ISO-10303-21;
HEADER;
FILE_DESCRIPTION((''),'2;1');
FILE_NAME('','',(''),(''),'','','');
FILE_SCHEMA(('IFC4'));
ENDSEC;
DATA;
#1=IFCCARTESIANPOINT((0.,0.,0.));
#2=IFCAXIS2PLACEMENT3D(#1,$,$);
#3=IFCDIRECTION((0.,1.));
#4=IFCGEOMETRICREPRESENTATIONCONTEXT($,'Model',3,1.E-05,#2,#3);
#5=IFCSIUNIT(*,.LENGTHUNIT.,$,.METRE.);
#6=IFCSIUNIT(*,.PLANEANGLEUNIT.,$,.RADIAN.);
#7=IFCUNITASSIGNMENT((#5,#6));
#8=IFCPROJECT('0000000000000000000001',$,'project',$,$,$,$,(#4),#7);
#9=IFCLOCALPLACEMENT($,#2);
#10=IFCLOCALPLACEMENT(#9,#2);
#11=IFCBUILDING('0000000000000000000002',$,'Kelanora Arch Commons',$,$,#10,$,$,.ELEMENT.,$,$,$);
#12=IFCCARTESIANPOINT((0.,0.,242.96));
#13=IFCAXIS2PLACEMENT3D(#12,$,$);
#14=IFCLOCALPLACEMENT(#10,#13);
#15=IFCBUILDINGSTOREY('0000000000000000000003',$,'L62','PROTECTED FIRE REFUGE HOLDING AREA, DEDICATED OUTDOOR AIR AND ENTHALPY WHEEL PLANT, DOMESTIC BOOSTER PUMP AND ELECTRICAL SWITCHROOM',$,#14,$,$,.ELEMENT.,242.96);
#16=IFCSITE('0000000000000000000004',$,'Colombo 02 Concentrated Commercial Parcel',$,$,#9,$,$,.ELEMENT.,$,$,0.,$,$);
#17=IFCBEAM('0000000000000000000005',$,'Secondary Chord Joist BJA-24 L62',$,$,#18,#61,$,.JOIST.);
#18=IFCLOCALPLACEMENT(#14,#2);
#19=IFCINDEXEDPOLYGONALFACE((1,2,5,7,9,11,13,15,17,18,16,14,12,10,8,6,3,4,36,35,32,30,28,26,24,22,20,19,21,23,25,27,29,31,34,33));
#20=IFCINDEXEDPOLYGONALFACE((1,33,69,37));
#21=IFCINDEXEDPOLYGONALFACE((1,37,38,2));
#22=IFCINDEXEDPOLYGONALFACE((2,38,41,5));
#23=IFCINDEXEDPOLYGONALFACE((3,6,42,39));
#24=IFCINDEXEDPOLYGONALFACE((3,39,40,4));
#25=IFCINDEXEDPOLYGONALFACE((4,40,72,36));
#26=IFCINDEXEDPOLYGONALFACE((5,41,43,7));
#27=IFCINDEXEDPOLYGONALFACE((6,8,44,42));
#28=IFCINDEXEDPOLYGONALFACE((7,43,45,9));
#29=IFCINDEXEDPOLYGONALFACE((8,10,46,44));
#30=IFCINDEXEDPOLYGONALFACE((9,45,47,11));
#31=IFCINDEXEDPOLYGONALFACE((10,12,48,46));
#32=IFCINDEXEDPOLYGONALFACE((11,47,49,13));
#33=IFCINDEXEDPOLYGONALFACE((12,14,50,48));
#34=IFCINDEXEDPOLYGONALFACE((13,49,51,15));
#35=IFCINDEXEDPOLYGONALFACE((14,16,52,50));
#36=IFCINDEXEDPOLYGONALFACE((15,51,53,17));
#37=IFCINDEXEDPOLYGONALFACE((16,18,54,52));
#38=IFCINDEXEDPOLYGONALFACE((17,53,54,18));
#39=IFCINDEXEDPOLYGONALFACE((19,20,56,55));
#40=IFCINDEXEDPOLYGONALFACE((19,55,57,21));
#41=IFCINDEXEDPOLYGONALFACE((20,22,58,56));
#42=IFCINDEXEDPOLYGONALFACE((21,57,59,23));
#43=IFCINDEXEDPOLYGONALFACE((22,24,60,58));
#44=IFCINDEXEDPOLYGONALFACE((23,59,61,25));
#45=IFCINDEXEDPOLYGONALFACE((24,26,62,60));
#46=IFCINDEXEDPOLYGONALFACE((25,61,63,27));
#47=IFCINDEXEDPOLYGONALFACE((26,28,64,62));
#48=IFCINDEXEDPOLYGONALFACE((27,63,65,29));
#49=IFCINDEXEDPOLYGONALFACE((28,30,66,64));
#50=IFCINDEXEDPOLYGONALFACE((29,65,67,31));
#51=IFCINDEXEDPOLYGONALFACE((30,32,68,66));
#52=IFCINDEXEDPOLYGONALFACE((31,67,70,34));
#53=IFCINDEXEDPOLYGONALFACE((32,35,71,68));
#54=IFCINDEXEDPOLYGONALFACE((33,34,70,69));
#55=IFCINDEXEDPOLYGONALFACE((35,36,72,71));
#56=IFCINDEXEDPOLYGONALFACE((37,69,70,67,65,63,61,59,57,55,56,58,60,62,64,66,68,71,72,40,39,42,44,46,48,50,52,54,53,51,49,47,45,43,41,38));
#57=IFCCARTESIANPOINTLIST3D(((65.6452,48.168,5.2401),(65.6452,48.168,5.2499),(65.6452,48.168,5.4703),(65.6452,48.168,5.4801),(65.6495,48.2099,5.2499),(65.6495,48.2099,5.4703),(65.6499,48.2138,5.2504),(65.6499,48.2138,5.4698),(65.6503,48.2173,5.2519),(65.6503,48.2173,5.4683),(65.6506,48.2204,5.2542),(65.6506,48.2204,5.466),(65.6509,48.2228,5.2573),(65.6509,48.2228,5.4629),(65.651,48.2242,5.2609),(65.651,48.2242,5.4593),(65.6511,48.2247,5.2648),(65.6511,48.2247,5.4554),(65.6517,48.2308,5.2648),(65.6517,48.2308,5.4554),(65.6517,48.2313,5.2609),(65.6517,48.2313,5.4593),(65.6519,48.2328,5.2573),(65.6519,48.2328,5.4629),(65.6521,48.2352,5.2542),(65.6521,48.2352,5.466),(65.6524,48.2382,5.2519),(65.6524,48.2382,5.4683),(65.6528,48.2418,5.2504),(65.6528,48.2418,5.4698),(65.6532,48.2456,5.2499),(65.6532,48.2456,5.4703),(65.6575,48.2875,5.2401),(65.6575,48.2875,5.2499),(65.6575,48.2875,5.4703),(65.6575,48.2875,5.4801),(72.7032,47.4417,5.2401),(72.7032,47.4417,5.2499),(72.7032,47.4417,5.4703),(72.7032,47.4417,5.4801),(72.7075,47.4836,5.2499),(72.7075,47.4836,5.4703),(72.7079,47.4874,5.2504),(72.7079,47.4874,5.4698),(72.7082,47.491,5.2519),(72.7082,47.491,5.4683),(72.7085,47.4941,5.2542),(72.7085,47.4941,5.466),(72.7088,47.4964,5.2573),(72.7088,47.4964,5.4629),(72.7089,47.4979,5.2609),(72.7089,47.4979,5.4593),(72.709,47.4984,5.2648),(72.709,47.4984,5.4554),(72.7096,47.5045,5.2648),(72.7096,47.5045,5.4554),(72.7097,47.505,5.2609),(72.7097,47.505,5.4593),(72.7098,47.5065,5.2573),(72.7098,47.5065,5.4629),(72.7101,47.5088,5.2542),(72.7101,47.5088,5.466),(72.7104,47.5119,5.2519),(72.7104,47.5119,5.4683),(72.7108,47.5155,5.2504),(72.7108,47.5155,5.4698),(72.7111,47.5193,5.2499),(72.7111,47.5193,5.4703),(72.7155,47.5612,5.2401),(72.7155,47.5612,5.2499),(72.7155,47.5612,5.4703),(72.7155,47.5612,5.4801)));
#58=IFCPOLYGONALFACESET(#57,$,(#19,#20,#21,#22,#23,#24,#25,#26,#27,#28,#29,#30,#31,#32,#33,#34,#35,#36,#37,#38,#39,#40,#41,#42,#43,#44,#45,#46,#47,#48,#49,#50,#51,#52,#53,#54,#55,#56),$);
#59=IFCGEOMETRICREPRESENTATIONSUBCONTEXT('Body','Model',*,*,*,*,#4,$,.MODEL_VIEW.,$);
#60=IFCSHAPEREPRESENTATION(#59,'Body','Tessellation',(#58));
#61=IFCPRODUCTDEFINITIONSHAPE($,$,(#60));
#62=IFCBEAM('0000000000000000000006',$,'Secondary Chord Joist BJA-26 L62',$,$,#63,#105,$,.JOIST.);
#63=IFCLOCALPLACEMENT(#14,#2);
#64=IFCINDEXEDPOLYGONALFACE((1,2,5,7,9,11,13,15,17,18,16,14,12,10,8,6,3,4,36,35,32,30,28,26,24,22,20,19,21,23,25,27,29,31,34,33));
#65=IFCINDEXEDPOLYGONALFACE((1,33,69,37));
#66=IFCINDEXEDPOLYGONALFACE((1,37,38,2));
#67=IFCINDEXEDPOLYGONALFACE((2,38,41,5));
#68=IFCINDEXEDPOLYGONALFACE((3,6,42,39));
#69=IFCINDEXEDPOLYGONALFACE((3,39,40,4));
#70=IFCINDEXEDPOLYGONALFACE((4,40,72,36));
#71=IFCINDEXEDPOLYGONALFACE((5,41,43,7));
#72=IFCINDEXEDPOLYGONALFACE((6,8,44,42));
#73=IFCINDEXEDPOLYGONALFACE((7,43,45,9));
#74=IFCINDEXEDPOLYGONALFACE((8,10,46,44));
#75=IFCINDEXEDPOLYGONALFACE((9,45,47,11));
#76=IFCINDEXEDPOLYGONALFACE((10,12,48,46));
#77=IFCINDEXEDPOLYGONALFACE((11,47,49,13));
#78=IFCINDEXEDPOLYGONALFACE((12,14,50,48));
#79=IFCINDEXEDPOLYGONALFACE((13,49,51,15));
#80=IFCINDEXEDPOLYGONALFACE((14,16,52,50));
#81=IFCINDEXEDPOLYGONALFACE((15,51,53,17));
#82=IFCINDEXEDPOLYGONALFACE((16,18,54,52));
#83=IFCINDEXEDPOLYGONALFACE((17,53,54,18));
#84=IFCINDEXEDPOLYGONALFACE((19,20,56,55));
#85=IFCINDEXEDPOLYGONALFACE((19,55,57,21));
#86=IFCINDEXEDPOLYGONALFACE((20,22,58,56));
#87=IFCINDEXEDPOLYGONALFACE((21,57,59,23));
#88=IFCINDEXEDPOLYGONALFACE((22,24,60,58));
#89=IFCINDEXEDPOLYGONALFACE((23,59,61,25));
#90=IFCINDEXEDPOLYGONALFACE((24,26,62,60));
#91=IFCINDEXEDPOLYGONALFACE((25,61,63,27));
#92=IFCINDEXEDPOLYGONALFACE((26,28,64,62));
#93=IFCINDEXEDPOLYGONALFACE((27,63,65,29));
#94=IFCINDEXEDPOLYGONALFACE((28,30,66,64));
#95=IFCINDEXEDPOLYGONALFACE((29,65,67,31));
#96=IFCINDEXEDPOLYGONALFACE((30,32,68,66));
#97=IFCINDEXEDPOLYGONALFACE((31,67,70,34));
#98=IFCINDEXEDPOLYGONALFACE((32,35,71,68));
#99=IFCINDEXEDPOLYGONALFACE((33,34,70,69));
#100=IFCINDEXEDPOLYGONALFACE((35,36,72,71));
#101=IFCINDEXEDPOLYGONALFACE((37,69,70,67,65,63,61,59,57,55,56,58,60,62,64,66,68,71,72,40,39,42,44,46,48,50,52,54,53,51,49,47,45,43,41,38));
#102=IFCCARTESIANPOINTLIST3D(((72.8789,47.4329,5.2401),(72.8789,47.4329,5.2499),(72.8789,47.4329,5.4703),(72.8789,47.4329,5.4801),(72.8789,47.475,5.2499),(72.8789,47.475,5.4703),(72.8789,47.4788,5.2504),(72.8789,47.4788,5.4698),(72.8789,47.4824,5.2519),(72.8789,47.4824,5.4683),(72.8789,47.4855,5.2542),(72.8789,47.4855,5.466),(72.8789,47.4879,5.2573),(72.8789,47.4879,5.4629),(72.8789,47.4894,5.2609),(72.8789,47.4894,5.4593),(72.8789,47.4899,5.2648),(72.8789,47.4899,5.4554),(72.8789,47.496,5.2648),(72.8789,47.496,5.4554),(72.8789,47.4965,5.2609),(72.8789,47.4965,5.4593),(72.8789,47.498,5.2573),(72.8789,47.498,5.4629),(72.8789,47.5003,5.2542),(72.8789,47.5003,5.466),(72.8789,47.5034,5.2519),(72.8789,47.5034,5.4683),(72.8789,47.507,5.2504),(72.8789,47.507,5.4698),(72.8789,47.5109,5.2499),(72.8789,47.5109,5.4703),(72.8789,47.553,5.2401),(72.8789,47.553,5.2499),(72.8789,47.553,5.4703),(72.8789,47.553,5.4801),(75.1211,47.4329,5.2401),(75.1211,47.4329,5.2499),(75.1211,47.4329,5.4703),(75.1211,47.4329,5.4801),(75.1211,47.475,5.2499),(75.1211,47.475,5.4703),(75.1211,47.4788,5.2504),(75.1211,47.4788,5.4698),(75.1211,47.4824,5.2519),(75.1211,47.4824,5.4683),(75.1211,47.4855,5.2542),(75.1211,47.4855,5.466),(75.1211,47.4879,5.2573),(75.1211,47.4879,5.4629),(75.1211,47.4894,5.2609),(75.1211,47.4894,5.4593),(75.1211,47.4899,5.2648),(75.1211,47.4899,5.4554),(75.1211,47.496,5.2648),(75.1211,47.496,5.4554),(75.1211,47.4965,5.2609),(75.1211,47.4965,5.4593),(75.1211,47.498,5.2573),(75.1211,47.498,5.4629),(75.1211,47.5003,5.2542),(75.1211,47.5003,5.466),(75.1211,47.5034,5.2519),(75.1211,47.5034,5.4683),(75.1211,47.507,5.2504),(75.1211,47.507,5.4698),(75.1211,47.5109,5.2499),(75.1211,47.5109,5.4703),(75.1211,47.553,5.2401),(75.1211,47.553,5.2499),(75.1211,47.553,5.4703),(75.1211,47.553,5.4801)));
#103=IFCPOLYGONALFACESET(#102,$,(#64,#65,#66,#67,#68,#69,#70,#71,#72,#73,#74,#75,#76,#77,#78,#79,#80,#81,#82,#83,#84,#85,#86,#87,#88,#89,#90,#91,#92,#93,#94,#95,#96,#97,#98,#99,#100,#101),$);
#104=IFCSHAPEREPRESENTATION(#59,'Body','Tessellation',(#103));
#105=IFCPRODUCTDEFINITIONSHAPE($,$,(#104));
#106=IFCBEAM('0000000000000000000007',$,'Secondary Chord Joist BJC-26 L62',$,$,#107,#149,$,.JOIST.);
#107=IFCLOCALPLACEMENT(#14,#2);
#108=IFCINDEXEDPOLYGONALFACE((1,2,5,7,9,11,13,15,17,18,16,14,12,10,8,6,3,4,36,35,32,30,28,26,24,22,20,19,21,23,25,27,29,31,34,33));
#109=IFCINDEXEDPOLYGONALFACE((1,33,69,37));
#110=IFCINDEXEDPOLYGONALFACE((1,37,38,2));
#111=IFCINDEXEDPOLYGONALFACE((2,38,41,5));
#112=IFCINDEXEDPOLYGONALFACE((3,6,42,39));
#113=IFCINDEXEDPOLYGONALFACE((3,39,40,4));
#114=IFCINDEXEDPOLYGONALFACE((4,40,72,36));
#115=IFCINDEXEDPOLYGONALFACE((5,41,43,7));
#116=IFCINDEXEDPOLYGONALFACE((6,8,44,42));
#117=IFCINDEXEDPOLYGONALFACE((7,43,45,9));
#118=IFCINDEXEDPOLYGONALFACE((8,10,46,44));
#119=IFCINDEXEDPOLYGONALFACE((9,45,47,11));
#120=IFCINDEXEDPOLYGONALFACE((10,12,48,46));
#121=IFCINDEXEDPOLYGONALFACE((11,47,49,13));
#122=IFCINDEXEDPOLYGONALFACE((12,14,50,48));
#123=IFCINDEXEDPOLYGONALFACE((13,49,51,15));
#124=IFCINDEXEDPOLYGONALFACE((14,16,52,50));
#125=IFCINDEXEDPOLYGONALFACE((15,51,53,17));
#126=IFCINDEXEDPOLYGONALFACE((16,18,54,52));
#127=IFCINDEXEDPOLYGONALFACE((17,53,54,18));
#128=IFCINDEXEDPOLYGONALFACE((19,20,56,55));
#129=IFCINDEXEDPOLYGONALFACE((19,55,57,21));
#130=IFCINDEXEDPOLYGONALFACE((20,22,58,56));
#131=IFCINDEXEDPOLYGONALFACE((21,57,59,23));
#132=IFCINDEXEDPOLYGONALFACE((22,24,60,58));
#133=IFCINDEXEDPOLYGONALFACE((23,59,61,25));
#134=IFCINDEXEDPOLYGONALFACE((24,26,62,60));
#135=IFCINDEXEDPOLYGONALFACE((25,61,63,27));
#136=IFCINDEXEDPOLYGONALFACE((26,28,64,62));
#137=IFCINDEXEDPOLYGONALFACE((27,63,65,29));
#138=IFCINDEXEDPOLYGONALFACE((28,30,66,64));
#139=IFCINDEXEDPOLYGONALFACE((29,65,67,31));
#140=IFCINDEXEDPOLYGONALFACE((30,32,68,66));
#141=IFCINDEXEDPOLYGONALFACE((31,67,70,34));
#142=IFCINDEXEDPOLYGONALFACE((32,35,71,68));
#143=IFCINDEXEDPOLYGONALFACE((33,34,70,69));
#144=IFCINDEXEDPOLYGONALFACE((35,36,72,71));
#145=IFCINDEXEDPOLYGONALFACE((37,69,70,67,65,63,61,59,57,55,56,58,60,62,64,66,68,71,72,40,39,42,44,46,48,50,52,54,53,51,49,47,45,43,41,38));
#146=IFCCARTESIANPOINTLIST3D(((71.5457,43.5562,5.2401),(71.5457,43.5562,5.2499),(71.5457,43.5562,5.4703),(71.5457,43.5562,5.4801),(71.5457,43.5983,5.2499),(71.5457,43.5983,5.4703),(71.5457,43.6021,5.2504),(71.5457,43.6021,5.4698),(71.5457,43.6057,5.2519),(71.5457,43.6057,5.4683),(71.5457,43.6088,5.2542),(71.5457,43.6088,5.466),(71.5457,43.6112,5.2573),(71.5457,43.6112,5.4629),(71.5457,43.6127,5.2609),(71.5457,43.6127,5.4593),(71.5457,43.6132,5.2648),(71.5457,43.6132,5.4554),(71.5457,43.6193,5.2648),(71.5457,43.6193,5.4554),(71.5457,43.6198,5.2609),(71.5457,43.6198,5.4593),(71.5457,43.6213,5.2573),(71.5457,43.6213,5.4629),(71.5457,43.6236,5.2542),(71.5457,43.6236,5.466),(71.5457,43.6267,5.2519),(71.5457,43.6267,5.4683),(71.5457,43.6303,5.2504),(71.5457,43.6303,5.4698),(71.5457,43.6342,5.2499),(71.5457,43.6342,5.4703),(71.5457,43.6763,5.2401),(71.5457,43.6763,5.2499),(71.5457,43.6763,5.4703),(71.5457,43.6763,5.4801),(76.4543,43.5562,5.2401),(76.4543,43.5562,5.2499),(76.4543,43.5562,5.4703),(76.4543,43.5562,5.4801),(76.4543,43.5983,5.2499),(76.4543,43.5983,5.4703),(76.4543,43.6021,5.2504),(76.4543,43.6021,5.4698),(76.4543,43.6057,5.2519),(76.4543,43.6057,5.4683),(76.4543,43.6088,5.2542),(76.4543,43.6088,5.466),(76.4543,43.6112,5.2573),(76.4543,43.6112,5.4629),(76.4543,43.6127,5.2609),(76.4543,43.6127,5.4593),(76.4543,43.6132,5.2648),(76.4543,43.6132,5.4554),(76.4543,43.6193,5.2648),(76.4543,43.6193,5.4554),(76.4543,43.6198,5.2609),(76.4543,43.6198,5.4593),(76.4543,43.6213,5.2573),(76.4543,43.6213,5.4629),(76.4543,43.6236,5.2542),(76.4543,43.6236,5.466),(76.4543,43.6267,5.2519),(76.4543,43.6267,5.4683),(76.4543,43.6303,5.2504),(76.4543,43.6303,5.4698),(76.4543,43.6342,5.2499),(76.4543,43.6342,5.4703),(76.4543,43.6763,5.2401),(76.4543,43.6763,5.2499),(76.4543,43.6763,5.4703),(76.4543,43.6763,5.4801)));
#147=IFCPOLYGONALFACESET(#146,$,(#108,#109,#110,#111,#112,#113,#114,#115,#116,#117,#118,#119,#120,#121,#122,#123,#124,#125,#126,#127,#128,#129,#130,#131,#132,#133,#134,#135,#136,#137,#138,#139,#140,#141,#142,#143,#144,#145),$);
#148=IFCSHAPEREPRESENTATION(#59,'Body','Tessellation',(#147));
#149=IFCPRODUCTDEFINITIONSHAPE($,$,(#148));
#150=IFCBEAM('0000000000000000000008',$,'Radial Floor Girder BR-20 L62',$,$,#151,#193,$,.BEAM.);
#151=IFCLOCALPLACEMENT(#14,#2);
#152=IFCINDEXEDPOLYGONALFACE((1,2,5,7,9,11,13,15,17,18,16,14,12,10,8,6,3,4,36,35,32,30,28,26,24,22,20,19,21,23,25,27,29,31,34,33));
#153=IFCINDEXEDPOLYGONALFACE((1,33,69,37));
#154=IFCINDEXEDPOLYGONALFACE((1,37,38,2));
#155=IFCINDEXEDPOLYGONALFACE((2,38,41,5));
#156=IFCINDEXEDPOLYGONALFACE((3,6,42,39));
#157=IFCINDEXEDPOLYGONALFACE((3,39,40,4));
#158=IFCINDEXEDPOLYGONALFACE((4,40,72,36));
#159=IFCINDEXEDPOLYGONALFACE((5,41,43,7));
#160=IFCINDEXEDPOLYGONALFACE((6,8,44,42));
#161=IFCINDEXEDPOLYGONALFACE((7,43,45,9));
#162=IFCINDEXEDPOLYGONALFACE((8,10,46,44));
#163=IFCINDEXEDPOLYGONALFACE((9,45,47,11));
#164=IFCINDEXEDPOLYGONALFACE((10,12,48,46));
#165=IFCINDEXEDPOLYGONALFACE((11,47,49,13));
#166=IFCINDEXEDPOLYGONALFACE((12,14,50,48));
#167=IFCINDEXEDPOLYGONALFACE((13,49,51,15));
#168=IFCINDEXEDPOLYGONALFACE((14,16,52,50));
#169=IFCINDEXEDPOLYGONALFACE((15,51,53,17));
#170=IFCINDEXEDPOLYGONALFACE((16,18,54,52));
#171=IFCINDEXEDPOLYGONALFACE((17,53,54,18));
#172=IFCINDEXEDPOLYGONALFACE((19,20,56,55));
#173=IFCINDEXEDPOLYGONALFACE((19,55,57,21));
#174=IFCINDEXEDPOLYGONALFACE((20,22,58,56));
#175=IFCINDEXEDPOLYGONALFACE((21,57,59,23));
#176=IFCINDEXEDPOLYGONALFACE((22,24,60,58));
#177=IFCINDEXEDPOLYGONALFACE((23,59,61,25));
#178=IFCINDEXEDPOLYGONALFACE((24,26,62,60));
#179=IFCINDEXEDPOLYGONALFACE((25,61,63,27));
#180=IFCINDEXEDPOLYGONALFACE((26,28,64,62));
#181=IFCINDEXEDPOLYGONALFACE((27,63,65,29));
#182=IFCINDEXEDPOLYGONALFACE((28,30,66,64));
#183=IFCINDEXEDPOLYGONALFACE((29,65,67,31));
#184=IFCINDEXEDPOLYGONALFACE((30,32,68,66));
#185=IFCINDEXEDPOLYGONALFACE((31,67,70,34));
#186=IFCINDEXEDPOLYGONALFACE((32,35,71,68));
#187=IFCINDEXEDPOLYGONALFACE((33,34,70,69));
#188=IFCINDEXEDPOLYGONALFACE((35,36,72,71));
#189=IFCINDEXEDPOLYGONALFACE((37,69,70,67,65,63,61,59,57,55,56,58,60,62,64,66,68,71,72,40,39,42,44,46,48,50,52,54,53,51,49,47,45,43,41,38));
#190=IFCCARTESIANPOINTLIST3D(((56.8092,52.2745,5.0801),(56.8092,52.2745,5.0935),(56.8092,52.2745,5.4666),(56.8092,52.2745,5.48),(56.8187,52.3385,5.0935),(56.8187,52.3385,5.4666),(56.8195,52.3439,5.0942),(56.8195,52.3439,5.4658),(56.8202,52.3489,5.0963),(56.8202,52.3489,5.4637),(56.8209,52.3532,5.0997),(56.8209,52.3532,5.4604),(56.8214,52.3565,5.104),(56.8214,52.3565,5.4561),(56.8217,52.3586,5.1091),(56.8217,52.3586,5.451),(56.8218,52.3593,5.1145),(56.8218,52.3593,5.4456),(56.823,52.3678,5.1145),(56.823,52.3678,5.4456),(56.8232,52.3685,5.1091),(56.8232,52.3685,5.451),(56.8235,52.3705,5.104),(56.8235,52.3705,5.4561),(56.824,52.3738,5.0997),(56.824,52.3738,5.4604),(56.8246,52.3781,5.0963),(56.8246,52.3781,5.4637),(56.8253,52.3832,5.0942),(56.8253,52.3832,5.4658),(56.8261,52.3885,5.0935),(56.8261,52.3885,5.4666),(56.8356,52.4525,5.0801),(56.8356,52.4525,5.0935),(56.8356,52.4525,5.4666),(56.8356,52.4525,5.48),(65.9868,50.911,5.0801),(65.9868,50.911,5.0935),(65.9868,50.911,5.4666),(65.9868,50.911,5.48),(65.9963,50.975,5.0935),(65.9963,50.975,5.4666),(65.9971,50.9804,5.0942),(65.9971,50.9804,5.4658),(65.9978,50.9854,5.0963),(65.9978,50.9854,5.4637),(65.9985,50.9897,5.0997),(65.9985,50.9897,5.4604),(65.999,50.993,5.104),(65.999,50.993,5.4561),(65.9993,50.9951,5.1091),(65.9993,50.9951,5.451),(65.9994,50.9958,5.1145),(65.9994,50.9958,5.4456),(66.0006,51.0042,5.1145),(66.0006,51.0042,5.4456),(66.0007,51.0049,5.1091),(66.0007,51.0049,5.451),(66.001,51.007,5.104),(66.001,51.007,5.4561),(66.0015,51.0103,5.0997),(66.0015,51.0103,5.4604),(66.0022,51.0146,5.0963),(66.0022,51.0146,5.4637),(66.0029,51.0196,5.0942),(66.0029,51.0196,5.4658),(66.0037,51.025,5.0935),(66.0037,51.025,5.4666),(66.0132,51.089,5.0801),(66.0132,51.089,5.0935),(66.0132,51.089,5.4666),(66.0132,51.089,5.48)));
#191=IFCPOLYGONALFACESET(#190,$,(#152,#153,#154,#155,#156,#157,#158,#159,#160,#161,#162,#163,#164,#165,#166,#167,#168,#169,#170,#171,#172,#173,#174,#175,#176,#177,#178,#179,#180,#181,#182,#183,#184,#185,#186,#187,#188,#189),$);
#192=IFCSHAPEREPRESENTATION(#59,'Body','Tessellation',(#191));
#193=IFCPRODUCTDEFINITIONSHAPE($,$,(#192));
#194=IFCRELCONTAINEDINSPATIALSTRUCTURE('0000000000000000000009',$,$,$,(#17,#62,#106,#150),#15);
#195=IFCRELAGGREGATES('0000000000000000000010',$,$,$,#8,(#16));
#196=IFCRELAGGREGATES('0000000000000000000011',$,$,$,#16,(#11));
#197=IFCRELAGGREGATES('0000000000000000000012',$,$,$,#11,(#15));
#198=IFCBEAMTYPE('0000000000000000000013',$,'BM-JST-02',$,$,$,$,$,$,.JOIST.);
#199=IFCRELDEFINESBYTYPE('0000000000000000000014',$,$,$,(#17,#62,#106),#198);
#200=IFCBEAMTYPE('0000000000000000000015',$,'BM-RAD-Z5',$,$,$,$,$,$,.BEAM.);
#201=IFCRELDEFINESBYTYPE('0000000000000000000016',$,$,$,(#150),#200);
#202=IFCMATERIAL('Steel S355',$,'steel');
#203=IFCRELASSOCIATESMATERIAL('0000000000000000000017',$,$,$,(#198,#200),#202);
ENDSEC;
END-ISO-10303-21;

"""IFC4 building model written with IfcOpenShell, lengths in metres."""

from ifc_helpers import new_model, si_unit, direction, frame, origin, origin_2d, place, context, subcontext, project, spatial, i_section, extrude, material, material_profile, profile_set, type_object, element, save


model = new_model("IFC4")

# Units and contexts
model_context = context("Model", 3, precision=1e-05, world=origin(), true_north=direction((0.0, 1.0)))
body_context = subcontext(model_context, "Body", "Model", "MODEL_VIEW")
ifc_project = project(units=[si_unit("LENGTHUNIT", "METRE"), si_unit("PLANEANGLEUNIT", "RADIAN")], contexts=[model_context])

# Site, building, storey
site_placement = place(None, origin())
site = spatial("IfcSite", under=ifc_project, at=site_placement, Name="Colombo 02 Concentrated Commercial Parcel", CompositionType="ELEMENT", RefElevation=0.0)
building_placement = place(site_placement, origin())
building = spatial("IfcBuilding", under=site, at=building_placement, Name="Kelanora Arch Commons", CompositionType="ELEMENT")
storey_placement = place(building_placement, frame((0.0, 0.0, 242.96)))
storey = spatial("IfcBuildingStorey", under=building, at=storey_placement, Name="L62", Description="PROTECTED FIRE REFUGE HOLDING AREA, DEDICATED OUTDOOR AIR AND ENTHALPY WHEEL PLANT, DOMESTIC BOOSTER PUMP AND ELECTRICAL SWITCHROOM", CompositionType="ELEMENT", Elevation=242.96)

# Beams
ifc_material_1 = material(Name="Steel S355", Category="steel")
ifc_material_profile_1 = material_profile(ifc_material_1, i_section(OverallWidth=0.1201, OverallDepth=0.24, WebThickness=0.0061, FlangeThickness=0.0098, FilletRadius=0.0149, at=origin_2d()), Name="IPE240")
ifc_profile_set_1 = profile_set([ifc_material_profile_1], Name="Steel S355")
beam_type_1 = type_object("IfcBeamType", Name="BM-JST-02", PredefinedType="JOIST", material=ifc_profile_set_1)
beam_1_placement = place(storey_placement, frame((65.6514, 48.2278, 5.3601), z_axis=(0.994747, -0.102369, 0.0), x_axis=(0.102369, 0.994747, 0.0)))
element("IfcBeam", 1, at=beam_1_placement, inside=storey, type_object=beam_type_1, Name="Secondary Chord Joist BJA-24 L62", PredefinedType="JOIST", context=body_context, shape_type="SweptSolid", body=[
    extrude(i_section(OverallWidth=0.1201, OverallDepth=0.24, WebThickness=0.0061, FlangeThickness=0.0098, FilletRadius=0.0149, at=origin_2d()), origin(), (0.0, 0.0, 1.0), 7.0952),
])
beam_2_placement = place(storey_placement, frame((72.8789, 47.4929, 5.3601), z_axis=(1.0, 0.0, 0.0), x_axis=(0.0, 1.0, 0.0)))
element("IfcBeam", 2, at=beam_2_placement, inside=storey, type_object=beam_type_1, Name="Secondary Chord Joist BJA-26 L62", PredefinedType="JOIST", context=body_context, shape_type="SweptSolid", body=[
    extrude(i_section(OverallWidth=0.1201, OverallDepth=0.24, WebThickness=0.0061, FlangeThickness=0.0098, FilletRadius=0.0149, at=origin_2d()), origin(), (0.0, 0.0, 1.0), 2.2422),
])
beam_3_placement = place(storey_placement, frame((71.5457, 43.6162, 5.3601), z_axis=(1.0, 0.0, 0.0), x_axis=(0.0, 1.0, 0.0)))
element("IfcBeam", 3, at=beam_3_placement, inside=storey, type_object=beam_type_1, Name="Secondary Chord Joist BJC-26 L62", PredefinedType="JOIST", context=body_context, shape_type="SweptSolid", body=[
    extrude(i_section(OverallWidth=0.1201, OverallDepth=0.24, WebThickness=0.0061, FlangeThickness=0.0098, FilletRadius=0.0149, at=origin_2d()), origin(), (0.0, 0.0, 1.0), 4.9087),
])
ifc_material_profile_2 = material_profile(ifc_material_1, i_section(OverallWidth=0.1799, OverallDepth=0.3999, WebThickness=0.0085, FlangeThickness=0.0134, FilletRadius=0.021, at=origin_2d()), Name="IPE400")
ifc_profile_set_2 = profile_set([ifc_material_profile_2], Name="Steel S355")
beam_type_2 = type_object("IfcBeamType", Name="BM-RAD-Z5", PredefinedType="BEAM", material=ifc_profile_set_2)
beam_4_placement = place(storey_placement, frame((66.0, 51.0, 5.28), z_axis=(-0.989142, 0.14696, 0.0), x_axis=(-0.14696, -0.989142, 0.0)))
element("IfcBeam", 4, at=beam_4_placement, inside=storey, type_object=beam_type_2, Name="Radial Floor Girder BR-20 L62", PredefinedType="BEAM", context=body_context, shape_type="SweptSolid", body=[
    extrude(i_section(OverallWidth=0.1799, OverallDepth=0.3999, WebThickness=0.0085, FlangeThickness=0.0134, FilletRadius=0.021, at=origin_2d()), origin(), (0.0, 0.0, 1.0), 9.2783),
])

save(model, "model.ifc")
